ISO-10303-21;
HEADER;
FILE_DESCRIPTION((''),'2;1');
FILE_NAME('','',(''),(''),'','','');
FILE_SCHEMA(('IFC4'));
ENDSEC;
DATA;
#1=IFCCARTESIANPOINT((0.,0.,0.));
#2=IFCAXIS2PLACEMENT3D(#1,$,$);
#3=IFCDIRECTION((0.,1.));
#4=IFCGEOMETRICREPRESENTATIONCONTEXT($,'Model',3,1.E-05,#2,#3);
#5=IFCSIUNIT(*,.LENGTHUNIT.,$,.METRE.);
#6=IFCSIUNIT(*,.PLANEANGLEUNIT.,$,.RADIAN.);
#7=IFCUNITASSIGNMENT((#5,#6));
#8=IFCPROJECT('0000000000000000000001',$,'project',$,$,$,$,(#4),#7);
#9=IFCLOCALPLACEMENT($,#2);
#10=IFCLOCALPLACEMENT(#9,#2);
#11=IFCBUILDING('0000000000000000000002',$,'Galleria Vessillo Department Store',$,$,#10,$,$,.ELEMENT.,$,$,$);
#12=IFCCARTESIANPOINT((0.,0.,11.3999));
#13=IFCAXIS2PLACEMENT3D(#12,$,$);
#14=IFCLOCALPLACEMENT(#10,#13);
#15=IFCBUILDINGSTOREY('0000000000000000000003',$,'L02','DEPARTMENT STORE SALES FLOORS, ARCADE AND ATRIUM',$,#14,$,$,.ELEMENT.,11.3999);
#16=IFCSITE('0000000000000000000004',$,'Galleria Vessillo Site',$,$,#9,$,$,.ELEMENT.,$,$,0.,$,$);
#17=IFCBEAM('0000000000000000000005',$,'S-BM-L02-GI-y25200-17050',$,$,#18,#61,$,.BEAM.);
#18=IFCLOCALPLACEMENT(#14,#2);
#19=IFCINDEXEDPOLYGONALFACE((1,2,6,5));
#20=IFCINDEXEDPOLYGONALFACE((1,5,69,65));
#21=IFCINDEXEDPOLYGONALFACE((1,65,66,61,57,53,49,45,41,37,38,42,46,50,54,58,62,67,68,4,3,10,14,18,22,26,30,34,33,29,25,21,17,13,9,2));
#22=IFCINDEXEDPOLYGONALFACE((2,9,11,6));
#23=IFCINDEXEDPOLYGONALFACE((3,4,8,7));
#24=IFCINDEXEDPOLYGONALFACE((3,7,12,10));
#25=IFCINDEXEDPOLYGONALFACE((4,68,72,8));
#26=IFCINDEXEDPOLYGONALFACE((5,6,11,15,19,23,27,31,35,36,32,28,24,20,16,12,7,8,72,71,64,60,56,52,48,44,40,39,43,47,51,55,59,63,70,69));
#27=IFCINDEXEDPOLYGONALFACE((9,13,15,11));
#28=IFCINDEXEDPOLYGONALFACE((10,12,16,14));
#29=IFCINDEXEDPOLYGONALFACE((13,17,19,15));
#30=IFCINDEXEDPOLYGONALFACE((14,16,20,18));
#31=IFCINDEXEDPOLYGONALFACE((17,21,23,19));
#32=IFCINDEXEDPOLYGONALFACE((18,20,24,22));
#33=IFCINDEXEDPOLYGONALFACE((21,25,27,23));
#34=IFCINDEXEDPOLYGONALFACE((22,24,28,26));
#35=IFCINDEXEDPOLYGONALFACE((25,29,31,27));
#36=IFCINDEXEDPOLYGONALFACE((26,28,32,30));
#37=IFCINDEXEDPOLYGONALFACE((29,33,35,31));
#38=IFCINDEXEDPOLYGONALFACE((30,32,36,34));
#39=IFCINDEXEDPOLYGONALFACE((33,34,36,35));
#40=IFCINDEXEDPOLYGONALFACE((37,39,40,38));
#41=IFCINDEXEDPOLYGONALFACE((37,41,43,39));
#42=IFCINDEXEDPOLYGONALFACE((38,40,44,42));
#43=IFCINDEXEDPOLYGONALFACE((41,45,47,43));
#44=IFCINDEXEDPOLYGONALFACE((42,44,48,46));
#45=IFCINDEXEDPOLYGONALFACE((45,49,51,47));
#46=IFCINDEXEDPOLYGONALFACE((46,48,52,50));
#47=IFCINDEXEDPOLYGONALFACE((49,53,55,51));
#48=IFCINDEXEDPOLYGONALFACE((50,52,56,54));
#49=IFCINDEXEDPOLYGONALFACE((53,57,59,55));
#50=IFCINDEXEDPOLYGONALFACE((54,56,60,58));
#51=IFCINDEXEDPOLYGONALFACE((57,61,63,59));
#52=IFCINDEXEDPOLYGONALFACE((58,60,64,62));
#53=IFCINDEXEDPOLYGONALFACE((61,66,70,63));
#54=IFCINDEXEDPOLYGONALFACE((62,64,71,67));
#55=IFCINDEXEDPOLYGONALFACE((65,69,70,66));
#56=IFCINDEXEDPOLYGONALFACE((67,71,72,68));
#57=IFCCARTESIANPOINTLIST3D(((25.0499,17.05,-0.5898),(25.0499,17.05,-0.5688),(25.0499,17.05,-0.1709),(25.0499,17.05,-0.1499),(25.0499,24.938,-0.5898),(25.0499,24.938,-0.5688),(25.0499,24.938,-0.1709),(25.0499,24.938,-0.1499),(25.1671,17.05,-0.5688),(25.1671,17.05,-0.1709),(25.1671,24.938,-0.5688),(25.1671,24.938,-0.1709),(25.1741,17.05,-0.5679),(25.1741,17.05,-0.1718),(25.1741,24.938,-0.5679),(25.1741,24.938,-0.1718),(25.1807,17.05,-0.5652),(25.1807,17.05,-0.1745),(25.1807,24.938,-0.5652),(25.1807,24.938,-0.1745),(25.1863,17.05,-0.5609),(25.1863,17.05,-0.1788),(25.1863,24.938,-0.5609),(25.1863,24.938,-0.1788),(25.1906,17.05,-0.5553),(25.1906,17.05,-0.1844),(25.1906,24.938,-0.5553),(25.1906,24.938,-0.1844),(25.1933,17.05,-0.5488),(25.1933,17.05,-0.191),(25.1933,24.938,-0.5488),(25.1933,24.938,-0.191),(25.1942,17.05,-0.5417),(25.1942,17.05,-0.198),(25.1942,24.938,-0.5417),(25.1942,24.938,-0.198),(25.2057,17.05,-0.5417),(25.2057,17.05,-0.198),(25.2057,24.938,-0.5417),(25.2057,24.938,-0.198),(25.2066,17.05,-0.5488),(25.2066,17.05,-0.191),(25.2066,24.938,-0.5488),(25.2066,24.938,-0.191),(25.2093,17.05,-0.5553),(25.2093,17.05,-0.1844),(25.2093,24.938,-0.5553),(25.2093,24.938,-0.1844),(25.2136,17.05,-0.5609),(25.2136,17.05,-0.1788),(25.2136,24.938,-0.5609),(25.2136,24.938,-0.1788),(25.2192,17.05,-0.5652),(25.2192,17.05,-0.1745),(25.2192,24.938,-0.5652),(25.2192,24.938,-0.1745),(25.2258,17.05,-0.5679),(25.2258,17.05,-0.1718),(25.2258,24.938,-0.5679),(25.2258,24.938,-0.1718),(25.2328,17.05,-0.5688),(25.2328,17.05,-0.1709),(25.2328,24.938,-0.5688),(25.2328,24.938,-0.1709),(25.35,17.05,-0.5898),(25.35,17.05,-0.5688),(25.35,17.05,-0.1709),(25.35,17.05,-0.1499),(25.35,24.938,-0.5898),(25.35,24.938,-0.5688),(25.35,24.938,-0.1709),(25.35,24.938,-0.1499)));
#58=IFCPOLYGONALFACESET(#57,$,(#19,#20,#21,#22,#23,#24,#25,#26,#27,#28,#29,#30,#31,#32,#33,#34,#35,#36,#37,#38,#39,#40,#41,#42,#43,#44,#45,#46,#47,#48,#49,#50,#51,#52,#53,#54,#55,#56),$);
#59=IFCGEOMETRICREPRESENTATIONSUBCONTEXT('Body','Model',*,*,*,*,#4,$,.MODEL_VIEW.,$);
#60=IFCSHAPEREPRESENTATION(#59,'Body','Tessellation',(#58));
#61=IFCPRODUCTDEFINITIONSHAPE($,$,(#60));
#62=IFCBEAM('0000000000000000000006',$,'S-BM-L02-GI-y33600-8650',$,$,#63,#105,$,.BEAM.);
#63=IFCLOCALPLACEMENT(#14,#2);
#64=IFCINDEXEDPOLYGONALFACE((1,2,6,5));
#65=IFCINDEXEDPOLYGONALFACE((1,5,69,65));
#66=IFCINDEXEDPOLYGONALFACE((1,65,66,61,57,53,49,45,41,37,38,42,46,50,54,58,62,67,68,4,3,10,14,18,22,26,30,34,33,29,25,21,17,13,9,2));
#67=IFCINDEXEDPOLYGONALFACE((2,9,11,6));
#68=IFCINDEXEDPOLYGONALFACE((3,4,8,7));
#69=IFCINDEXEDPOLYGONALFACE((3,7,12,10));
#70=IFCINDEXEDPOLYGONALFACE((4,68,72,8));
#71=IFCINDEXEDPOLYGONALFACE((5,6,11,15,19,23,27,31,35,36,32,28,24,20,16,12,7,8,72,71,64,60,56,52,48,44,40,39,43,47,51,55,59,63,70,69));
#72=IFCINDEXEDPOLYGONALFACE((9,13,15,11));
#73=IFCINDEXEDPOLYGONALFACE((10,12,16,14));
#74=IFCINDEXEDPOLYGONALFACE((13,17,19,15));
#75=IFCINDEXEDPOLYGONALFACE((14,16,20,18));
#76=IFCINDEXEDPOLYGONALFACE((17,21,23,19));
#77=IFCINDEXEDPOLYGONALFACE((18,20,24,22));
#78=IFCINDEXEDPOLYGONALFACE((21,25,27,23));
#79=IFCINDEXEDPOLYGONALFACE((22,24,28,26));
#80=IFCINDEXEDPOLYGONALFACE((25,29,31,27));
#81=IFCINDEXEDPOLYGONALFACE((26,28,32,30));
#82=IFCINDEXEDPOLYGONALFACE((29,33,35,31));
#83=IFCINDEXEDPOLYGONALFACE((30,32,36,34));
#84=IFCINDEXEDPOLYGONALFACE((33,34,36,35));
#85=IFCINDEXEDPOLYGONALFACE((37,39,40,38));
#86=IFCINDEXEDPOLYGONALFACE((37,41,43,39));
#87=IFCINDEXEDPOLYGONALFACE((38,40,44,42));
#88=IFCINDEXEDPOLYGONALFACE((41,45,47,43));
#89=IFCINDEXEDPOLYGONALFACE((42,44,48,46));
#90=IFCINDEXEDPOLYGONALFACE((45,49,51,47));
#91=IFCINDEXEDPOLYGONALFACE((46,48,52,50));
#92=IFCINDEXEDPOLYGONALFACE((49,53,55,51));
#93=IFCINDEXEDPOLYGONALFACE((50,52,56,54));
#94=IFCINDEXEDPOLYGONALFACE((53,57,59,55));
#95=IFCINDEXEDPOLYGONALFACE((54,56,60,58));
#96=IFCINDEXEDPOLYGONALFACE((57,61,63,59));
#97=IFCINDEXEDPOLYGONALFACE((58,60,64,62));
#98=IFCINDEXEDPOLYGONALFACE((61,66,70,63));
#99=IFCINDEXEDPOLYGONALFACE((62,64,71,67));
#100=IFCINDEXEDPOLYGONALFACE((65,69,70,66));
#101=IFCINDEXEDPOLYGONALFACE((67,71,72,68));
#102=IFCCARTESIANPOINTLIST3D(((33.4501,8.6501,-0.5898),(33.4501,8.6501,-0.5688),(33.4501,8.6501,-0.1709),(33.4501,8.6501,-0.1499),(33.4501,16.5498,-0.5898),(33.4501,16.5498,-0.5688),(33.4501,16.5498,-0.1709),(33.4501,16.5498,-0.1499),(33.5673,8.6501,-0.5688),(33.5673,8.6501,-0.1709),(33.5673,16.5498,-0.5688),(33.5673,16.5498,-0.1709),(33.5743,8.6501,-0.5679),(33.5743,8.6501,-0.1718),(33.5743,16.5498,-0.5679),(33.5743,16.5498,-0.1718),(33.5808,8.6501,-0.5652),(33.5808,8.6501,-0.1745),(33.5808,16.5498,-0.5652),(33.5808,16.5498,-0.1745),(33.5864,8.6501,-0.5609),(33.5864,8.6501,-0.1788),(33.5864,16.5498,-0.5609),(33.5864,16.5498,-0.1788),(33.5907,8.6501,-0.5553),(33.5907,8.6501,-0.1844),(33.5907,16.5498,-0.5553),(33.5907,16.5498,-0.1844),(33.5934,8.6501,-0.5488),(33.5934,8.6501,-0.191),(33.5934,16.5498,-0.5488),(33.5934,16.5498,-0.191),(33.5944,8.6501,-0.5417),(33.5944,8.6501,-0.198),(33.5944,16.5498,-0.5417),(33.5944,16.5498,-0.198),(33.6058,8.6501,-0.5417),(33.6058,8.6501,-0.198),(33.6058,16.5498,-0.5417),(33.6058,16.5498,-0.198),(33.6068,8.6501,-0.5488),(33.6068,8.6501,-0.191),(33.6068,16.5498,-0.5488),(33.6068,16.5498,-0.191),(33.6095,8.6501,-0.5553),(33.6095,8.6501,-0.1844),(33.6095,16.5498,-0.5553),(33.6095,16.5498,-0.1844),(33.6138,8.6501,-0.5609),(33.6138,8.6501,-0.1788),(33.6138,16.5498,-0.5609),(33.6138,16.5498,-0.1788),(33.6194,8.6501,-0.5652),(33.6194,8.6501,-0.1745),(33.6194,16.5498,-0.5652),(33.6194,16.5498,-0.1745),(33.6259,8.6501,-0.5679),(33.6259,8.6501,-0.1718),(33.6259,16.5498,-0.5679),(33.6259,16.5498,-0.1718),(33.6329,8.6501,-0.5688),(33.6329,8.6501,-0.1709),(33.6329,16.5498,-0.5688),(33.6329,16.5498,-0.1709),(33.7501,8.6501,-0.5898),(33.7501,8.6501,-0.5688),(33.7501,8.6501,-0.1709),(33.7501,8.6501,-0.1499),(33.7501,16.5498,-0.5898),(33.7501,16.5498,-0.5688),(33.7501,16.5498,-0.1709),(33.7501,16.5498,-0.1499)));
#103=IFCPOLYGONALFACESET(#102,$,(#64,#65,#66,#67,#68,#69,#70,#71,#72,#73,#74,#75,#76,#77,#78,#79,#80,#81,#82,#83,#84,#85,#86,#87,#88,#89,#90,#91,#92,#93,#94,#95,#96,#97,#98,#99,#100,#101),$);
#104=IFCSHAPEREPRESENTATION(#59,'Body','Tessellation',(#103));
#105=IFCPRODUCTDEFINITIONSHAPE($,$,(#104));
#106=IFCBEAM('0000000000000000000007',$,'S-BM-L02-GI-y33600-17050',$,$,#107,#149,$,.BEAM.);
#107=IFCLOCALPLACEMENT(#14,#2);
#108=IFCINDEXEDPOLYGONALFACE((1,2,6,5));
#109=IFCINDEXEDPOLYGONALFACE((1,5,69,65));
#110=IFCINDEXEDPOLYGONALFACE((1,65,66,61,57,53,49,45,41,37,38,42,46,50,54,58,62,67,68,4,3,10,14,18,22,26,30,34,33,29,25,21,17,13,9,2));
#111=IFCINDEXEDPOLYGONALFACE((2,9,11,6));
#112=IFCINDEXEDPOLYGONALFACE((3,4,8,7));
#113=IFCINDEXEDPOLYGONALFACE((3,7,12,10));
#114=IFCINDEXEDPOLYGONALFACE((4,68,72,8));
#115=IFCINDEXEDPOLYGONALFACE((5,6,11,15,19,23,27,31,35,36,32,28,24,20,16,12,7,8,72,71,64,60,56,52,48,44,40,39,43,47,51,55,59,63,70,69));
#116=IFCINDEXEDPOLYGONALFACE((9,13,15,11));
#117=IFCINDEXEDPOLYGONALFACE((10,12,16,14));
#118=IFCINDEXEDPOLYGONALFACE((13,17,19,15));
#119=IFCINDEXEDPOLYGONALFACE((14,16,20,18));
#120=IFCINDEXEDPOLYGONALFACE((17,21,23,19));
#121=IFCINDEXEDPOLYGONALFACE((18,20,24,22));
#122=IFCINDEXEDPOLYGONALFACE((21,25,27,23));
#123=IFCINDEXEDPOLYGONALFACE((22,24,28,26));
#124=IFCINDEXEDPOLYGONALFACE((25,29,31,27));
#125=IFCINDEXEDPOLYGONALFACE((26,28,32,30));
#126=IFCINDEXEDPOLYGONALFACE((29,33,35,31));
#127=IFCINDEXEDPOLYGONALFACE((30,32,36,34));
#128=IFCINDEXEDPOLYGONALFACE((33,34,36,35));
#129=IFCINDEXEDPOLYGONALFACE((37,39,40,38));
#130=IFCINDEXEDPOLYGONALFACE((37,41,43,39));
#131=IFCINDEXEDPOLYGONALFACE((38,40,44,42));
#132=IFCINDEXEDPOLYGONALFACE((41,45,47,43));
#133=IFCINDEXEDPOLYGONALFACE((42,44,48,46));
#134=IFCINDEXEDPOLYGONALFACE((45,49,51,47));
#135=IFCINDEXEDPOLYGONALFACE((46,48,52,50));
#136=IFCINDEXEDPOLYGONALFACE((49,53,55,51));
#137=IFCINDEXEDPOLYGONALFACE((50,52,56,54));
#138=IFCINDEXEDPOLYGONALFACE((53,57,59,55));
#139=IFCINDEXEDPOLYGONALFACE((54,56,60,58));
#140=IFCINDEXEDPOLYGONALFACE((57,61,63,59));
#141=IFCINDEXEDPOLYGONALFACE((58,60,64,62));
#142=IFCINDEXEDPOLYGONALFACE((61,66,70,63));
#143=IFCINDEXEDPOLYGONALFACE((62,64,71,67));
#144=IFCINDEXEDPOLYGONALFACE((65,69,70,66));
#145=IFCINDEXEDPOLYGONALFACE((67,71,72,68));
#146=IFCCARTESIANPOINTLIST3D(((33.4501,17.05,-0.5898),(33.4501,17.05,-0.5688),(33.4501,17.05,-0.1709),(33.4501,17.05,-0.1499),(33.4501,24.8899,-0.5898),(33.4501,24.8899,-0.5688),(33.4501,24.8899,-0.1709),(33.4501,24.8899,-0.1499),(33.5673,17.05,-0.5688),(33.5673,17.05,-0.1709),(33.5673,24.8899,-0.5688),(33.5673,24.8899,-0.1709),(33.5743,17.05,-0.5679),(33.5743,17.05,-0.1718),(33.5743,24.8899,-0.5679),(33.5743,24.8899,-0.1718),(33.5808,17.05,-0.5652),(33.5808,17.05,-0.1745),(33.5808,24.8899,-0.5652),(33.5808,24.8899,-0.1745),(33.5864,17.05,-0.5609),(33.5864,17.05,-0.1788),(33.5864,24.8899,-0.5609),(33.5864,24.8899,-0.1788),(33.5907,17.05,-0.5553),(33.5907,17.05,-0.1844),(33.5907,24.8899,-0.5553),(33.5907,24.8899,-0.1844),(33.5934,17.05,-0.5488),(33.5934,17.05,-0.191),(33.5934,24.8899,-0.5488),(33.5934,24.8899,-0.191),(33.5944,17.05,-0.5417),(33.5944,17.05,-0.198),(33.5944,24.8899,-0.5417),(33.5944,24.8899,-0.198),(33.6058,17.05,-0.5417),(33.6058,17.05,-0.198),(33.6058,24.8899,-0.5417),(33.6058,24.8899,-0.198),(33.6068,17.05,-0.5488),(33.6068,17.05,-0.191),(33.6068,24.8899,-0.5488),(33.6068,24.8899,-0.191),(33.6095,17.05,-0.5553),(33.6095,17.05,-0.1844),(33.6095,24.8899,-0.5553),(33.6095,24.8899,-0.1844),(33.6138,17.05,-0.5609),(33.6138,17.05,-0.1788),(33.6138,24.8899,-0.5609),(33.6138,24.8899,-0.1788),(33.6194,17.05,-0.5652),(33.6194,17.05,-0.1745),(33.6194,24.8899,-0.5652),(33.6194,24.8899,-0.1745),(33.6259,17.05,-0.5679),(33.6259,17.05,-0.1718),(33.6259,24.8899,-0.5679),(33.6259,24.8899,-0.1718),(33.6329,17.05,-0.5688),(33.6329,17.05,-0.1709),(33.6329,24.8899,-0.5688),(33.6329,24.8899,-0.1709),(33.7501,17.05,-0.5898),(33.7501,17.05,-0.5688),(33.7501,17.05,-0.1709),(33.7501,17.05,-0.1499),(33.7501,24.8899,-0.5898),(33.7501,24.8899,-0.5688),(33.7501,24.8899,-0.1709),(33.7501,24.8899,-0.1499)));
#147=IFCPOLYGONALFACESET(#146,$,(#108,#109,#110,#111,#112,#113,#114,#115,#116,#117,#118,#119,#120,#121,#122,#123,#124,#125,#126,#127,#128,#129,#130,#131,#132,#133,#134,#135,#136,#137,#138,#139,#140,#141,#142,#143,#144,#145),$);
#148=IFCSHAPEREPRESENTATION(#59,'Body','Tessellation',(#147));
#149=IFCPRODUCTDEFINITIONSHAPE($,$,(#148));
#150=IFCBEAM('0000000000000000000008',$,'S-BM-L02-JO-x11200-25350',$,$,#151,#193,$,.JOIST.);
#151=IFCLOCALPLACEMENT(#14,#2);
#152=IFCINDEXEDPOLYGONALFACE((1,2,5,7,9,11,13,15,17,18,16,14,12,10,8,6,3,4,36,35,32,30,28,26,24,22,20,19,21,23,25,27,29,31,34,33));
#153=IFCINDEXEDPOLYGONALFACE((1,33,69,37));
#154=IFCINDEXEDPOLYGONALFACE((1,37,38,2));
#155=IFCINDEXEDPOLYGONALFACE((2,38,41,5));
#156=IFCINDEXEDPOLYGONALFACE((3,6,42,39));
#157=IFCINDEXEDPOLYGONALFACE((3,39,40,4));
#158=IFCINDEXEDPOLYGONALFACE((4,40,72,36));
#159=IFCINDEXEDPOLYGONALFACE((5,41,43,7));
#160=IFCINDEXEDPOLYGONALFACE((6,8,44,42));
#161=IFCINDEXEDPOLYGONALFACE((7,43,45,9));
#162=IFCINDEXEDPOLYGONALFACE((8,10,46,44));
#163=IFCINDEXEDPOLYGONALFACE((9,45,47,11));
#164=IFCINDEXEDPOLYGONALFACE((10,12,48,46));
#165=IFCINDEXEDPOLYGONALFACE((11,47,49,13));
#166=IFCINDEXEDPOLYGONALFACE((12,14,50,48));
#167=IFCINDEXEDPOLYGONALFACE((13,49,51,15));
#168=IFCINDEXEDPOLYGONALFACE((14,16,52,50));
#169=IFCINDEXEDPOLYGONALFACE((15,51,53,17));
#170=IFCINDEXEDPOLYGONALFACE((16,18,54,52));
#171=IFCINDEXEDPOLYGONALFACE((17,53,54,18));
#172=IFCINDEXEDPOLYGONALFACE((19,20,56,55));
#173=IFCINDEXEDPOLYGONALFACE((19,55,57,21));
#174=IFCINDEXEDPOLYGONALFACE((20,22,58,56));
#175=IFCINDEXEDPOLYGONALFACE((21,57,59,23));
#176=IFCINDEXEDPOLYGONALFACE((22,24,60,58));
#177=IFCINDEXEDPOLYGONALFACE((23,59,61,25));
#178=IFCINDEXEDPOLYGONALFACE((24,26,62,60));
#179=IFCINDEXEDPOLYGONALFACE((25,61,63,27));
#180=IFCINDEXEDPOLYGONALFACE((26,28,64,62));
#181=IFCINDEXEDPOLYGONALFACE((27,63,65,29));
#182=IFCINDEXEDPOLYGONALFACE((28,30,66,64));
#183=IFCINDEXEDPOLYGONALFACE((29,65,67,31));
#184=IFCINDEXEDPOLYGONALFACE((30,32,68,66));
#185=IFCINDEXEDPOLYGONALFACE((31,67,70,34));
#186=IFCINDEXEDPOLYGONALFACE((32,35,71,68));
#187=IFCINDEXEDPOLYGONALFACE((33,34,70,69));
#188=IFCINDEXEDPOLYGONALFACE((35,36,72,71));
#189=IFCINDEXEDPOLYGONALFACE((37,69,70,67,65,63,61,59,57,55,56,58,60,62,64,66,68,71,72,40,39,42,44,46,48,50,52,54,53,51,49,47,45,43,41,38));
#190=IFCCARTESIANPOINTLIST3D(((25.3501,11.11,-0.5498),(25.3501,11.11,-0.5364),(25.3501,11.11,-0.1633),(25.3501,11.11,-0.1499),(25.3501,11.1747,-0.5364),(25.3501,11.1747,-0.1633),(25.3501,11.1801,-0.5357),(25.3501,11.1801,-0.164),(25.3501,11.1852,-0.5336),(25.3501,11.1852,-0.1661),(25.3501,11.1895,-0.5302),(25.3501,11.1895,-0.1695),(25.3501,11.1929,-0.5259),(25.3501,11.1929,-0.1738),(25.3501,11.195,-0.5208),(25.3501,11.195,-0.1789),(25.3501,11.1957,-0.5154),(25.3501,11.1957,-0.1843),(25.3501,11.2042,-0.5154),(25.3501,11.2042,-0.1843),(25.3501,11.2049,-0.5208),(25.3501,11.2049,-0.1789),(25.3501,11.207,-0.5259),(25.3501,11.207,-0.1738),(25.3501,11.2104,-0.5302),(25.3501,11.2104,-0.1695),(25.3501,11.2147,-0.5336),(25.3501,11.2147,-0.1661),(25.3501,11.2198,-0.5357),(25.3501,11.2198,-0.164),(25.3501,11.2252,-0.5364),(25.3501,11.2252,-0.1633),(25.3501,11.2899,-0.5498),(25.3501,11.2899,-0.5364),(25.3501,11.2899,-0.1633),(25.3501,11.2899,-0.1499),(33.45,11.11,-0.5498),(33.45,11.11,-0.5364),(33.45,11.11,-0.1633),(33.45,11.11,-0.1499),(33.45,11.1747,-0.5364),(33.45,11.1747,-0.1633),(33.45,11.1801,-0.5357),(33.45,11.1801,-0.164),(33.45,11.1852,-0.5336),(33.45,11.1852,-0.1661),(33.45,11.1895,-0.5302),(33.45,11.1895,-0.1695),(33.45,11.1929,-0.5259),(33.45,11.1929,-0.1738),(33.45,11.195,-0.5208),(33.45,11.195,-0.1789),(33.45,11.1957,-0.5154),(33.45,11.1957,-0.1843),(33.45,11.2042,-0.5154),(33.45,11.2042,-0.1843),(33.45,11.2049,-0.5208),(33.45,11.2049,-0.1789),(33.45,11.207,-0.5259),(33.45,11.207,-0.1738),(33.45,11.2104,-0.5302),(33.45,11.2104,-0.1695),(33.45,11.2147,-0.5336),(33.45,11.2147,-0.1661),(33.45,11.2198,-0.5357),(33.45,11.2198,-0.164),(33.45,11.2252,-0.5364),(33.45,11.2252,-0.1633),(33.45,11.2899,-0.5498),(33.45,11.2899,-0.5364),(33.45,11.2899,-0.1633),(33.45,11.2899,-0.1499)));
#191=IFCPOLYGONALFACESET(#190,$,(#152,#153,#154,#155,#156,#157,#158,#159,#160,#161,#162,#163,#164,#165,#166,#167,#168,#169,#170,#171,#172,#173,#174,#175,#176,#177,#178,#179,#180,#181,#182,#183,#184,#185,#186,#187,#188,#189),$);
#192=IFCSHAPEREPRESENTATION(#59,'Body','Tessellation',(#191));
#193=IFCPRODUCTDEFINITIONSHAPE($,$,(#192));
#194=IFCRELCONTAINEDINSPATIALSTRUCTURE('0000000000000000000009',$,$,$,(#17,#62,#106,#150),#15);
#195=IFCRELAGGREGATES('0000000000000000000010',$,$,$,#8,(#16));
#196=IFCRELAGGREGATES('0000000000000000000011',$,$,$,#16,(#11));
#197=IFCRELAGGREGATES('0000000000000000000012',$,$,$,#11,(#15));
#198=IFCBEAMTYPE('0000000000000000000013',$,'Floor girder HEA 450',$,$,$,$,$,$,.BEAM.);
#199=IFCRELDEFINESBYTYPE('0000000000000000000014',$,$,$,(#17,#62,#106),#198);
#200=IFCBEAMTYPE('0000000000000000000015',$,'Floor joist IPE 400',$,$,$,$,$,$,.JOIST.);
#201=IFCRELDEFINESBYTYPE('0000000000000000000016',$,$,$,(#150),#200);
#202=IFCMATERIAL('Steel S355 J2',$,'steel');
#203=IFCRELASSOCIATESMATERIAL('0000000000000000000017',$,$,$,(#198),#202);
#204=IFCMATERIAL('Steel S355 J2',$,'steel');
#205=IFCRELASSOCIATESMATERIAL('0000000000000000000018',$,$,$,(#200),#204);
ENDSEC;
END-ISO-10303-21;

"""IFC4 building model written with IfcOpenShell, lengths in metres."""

from ifc_helpers import new_model, si_unit, direction, frame, origin, origin_2d, place, context, subcontext, project, spatial, i_section, extrude, material, material_profile, profile_set, type_object, element, save


model = new_model("IFC4")

# Units and contexts
model_context = context("Model", 3, precision=1e-05, world=origin(), true_north=direction((0.0, 1.0)))
body_context = subcontext(model_context, "Body", "Model", "MODEL_VIEW")
ifc_project = project(units=[si_unit("LENGTHUNIT", "METRE"), si_unit("PLANEANGLEUNIT", "RADIAN")], contexts=[model_context])

# Site, building, storey
site_placement = place(None, origin())
site = spatial("IfcSite", under=ifc_project, at=site_placement, Name="Galleria Vessillo Site", CompositionType="ELEMENT", RefElevation=0.0)
building_placement = place(site_placement, origin())
building = spatial("IfcBuilding", under=site, at=building_placement, Name="Galleria Vessillo Department Store", CompositionType="ELEMENT")
storey_placement = place(building_placement, frame((0.0, 0.0, 11.3999)))
storey = spatial("IfcBuildingStorey", under=building, at=storey_placement, Name="L02", Description="DEPARTMENT STORE SALES FLOORS, ARCADE AND ATRIUM", CompositionType="ELEMENT", Elevation=11.3999)

# Beams
ifc_material_1 = material(Name="Steel S355 J2", Category="steel")
ifc_material_profile_1 = material_profile(ifc_material_1, i_section(OverallWidth=0.3, OverallDepth=0.4399, WebThickness=0.0115, FlangeThickness=0.021, FilletRadius=0.0271, at=origin_2d()), Name="HEA 450")
ifc_profile_set_1 = profile_set([ifc_material_profile_1], Name="Steel S355 J2")
beam_type_1 = type_object("IfcBeamType", Name="Floor girder HEA 450", PredefinedType="BEAM", material=ifc_profile_set_1)
beam_1_placement = place(storey_placement, frame((25.2, 17.05, -0.3699), z_axis=(0.0, 1.0, 0.0), x_axis=(-1.0, 0.0, 0.0)))
element("IfcBeam", 1, at=beam_1_placement, inside=storey, type_object=beam_type_1, Name="S-BM-L02-GI-y25200-17050", PredefinedType="BEAM", context=body_context, shape_type="SweptSolid", body=[
    extrude(i_section(OverallWidth=0.3, OverallDepth=0.4399, WebThickness=0.0115, FlangeThickness=0.021, FilletRadius=0.0271, at=origin_2d()), origin(), (0.0, 0.0, 1.0), 7.8879),
])
beam_2_placement = place(storey_placement, frame((33.6001, 8.6501, -0.3699), z_axis=(0.0, 1.0, 0.0), x_axis=(-1.0, 0.0, 0.0)))
element("IfcBeam", 2, at=beam_2_placement, inside=storey, type_object=beam_type_1, Name="S-BM-L02-GI-y33600-8650", PredefinedType="BEAM", context=body_context, shape_type="SweptSolid", body=[
    extrude(i_section(OverallWidth=0.3, OverallDepth=0.4399, WebThickness=0.0115, FlangeThickness=0.021, FilletRadius=0.0271, at=origin_2d()), origin(), (0.0, 0.0, 1.0), 7.8997),
])
beam_3_placement = place(storey_placement, frame((33.6001, 17.05, -0.3699), z_axis=(0.0, 1.0, 0.0), x_axis=(-1.0, 0.0, 0.0)))
element("IfcBeam", 3, at=beam_3_placement, inside=storey, type_object=beam_type_1, Name="S-BM-L02-GI-y33600-17050", PredefinedType="BEAM", context=body_context, shape_type="SweptSolid", body=[
    extrude(i_section(OverallWidth=0.3, OverallDepth=0.4399, WebThickness=0.0115, FlangeThickness=0.021, FilletRadius=0.0271, at=origin_2d()), origin(), (0.0, 0.0, 1.0), 7.8398),
])
ifc_material_2 = material(Name="Steel S355 J2", Category="steel")
ifc_material_profile_2 = material_profile(ifc_material_2, i_section(OverallWidth=0.1799, OverallDepth=0.3999, WebThickness=0.0085, FlangeThickness=0.0134, FilletRadius=0.021, at=origin_2d()), Name="IPE 400")
ifc_profile_set_2 = profile_set([ifc_material_profile_2], Name="Steel S355 J2")
beam_type_2 = type_object("IfcBeamType", Name="Floor joist IPE 400", PredefinedType="JOIST", material=ifc_profile_set_2)
for number, where, z_axis, x_axis, name in (
    (4, (25.3501, 11.2, -0.3499), (1.0, 0.0, 0.0), (0.0, 1.0, 0.0), "S-BM-L02-JO-x11200-25350"),
):
    element("IfcBeam", number, at=place(storey_placement, frame(where, z_axis=z_axis, x_axis=x_axis)), inside=storey, type_object=beam_type_2, Name=name, PredefinedType="JOIST", context=body_context, shape_type="SweptSolid", body=[
        extrude(i_section(OverallWidth=0.1799, OverallDepth=0.3999, WebThickness=0.0085, FlangeThickness=0.0134, FilletRadius=0.021, at=origin_2d()), origin(), (0.0, 0.0, 1.0), 8.0999),
    ])

save(model, "model.ifc")
